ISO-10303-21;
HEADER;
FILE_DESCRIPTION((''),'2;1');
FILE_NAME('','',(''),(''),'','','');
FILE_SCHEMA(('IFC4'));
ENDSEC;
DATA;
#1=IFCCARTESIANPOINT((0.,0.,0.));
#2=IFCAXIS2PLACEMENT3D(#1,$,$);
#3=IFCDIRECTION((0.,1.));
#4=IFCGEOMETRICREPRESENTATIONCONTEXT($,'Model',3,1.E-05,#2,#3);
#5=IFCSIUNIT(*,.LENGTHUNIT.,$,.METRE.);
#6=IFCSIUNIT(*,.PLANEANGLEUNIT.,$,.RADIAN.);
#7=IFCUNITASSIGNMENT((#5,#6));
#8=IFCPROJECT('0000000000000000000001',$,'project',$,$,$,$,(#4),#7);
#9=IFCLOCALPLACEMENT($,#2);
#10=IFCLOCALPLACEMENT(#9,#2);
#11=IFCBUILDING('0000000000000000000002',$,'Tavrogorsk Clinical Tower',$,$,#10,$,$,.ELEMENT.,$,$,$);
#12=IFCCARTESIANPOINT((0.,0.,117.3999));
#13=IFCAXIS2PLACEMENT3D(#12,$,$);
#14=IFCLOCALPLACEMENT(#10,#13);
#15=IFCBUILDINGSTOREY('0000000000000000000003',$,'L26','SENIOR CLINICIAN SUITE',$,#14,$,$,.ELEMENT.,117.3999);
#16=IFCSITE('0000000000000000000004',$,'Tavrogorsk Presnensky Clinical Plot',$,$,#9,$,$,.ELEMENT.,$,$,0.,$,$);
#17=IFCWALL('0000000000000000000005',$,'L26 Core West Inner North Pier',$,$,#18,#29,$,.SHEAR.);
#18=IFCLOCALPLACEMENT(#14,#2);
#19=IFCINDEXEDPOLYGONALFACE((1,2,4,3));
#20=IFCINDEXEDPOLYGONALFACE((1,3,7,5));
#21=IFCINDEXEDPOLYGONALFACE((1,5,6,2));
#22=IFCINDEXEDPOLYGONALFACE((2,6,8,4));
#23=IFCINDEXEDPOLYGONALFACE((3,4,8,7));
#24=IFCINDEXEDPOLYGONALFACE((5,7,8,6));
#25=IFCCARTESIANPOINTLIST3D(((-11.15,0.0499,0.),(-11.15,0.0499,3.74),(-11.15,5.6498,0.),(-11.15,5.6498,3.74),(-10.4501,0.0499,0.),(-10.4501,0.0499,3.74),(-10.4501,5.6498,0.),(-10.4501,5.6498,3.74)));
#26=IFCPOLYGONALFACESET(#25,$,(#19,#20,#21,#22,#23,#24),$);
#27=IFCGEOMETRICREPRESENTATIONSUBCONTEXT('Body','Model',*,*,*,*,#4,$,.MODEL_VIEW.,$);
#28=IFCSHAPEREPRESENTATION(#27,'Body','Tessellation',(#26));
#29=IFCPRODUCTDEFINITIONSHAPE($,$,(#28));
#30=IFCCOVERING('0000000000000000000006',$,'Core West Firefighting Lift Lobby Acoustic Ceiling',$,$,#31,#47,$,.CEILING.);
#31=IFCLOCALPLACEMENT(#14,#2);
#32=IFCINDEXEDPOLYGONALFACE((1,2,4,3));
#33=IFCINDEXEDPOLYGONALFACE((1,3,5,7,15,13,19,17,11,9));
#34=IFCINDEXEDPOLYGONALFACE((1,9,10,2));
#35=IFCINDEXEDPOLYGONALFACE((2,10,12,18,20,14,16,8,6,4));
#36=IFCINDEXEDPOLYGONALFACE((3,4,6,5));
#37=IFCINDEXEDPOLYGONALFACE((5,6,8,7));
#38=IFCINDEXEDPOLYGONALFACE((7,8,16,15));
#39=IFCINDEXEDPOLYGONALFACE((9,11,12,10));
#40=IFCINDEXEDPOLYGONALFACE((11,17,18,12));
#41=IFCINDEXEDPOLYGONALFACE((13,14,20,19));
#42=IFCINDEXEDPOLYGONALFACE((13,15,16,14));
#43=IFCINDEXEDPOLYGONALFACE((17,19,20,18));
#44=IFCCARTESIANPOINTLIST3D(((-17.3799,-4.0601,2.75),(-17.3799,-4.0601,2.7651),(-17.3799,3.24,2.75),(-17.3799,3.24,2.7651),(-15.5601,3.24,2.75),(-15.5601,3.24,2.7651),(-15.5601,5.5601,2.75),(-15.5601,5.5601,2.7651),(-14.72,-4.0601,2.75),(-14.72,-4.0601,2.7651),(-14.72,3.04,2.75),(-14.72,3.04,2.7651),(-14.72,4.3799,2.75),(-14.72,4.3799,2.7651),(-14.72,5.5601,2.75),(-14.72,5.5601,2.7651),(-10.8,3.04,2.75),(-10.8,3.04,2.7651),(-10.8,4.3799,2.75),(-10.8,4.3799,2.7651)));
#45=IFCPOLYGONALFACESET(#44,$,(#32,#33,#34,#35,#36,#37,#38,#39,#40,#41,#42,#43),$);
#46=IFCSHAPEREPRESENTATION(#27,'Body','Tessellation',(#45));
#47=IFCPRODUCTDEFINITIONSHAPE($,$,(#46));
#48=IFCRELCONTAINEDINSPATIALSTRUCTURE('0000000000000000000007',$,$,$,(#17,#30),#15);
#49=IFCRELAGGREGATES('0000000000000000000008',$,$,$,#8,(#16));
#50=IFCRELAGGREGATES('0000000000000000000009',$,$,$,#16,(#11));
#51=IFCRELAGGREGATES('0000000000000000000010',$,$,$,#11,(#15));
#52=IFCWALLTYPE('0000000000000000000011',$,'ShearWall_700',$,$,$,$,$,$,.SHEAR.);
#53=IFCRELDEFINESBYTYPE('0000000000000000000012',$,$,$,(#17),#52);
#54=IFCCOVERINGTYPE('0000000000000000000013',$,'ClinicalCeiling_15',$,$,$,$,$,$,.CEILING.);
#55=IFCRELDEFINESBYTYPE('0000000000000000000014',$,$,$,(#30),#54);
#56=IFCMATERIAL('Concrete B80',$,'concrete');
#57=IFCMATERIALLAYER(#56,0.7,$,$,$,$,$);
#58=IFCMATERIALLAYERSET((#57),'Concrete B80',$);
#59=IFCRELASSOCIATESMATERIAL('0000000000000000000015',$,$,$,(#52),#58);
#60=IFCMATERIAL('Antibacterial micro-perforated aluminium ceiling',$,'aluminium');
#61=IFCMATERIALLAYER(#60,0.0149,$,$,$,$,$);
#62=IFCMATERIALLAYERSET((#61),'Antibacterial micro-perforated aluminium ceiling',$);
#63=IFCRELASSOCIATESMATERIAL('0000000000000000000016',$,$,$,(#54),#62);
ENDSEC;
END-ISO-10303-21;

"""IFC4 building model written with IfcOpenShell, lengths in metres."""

from ifc_helpers import new_model, si_unit, direction, frame, frame_2d, origin, place, context, subcontext, project, spatial, polyline, rectangle, outline, extrude, material, layer, layer_set, type_object, element, save


model = new_model("IFC4")

# Units and contexts
model_context = context("Model", 3, precision=1e-05, world=origin(), true_north=direction((0.0, 1.0)))
body_context = subcontext(model_context, "Body", "Model", "MODEL_VIEW")
ifc_project = project(units=[si_unit("LENGTHUNIT", "METRE"), si_unit("PLANEANGLEUNIT", "RADIAN")], contexts=[model_context])

# Site, building, storey
site_placement = place(None, origin())
site = spatial("IfcSite", under=ifc_project, at=site_placement, Name="Tavrogorsk Presnensky Clinical Plot", CompositionType="ELEMENT", RefElevation=0.0)
building_placement = place(site_placement, origin())
building = spatial("IfcBuilding", under=site, at=building_placement, Name="Tavrogorsk Clinical Tower", CompositionType="ELEMENT")
storey_placement = place(building_placement, frame((0.0, 0.0, 117.3999)))
storey = spatial("IfcBuildingStorey", under=building, at=storey_placement, Name="L26", Description="SENIOR CLINICIAN SUITE", CompositionType="ELEMENT", Elevation=117.3999)

# Wall
ifc_material_1 = material(Name="Concrete B80", Category="concrete")
ifc_layer_1 = layer(ifc_material_1, 0.7)
ifc_layer_set_1 = layer_set([ifc_layer_1], Name="Concrete B80")
wall_type_1 = type_object("IfcWallType", Name="ShearWall_700", PredefinedType="SHEAR", material=ifc_layer_set_1)
wall_1_placement = place(storey_placement, frame((-10.8, 0.05, 0.0), z_axis=(0.0, 0.0, 1.0), x_axis=(0.0, 1.0, 0.0)))
element("IfcWall", 1, at=wall_1_placement, inside=storey, type_object=wall_type_1, Name="L26 Core West Inner North Pier", PredefinedType="SHEAR", context=body_context, shape_type="SweptSolid", body=[
    extrude(rectangle(XDim=5.5999, YDim=0.7, at=frame_2d((2.7998, 0.0))), origin(), (0.0, 0.0, 1.0), 3.74),
])

# Covering
ifc_material_2 = material(Name="Antibacterial micro-perforated aluminium ceiling", Category="aluminium")
ifc_layer_2 = layer(ifc_material_2, 0.0149)
ifc_layer_set_2 = layer_set([ifc_layer_2], Name="Antibacterial micro-perforated aluminium ceiling")
covering_type = type_object("IfcCoveringType", Name="ClinicalCeiling_15", PredefinedType="CEILING", material=ifc_layer_set_2)
covering_placement = place(storey_placement, frame((0.0, 0.0, 2.75)))
element("IfcCovering", 2, at=covering_placement, inside=storey, type_object=covering_type, Name="Core West Firefighting Lift Lobby Acoustic Ceiling", PredefinedType="CEILING", context=body_context, shape_type="SweptSolid", body=[
    extrude(outline(polyline([(-14.72, 4.3799), (-10.8, 4.3799), (-10.8, 3.04), (-14.72, 3.04), (-14.72, -4.0601), (-17.3799, -4.0601), (-17.3799, 3.24), (-15.5601, 3.24), (-15.5601, 5.5601), (-14.72, 5.5601), (-14.72, 4.3799)])), origin(), (0.0, 0.0, 1.0), 0.0151),
])

save(model, "model.ifc")
